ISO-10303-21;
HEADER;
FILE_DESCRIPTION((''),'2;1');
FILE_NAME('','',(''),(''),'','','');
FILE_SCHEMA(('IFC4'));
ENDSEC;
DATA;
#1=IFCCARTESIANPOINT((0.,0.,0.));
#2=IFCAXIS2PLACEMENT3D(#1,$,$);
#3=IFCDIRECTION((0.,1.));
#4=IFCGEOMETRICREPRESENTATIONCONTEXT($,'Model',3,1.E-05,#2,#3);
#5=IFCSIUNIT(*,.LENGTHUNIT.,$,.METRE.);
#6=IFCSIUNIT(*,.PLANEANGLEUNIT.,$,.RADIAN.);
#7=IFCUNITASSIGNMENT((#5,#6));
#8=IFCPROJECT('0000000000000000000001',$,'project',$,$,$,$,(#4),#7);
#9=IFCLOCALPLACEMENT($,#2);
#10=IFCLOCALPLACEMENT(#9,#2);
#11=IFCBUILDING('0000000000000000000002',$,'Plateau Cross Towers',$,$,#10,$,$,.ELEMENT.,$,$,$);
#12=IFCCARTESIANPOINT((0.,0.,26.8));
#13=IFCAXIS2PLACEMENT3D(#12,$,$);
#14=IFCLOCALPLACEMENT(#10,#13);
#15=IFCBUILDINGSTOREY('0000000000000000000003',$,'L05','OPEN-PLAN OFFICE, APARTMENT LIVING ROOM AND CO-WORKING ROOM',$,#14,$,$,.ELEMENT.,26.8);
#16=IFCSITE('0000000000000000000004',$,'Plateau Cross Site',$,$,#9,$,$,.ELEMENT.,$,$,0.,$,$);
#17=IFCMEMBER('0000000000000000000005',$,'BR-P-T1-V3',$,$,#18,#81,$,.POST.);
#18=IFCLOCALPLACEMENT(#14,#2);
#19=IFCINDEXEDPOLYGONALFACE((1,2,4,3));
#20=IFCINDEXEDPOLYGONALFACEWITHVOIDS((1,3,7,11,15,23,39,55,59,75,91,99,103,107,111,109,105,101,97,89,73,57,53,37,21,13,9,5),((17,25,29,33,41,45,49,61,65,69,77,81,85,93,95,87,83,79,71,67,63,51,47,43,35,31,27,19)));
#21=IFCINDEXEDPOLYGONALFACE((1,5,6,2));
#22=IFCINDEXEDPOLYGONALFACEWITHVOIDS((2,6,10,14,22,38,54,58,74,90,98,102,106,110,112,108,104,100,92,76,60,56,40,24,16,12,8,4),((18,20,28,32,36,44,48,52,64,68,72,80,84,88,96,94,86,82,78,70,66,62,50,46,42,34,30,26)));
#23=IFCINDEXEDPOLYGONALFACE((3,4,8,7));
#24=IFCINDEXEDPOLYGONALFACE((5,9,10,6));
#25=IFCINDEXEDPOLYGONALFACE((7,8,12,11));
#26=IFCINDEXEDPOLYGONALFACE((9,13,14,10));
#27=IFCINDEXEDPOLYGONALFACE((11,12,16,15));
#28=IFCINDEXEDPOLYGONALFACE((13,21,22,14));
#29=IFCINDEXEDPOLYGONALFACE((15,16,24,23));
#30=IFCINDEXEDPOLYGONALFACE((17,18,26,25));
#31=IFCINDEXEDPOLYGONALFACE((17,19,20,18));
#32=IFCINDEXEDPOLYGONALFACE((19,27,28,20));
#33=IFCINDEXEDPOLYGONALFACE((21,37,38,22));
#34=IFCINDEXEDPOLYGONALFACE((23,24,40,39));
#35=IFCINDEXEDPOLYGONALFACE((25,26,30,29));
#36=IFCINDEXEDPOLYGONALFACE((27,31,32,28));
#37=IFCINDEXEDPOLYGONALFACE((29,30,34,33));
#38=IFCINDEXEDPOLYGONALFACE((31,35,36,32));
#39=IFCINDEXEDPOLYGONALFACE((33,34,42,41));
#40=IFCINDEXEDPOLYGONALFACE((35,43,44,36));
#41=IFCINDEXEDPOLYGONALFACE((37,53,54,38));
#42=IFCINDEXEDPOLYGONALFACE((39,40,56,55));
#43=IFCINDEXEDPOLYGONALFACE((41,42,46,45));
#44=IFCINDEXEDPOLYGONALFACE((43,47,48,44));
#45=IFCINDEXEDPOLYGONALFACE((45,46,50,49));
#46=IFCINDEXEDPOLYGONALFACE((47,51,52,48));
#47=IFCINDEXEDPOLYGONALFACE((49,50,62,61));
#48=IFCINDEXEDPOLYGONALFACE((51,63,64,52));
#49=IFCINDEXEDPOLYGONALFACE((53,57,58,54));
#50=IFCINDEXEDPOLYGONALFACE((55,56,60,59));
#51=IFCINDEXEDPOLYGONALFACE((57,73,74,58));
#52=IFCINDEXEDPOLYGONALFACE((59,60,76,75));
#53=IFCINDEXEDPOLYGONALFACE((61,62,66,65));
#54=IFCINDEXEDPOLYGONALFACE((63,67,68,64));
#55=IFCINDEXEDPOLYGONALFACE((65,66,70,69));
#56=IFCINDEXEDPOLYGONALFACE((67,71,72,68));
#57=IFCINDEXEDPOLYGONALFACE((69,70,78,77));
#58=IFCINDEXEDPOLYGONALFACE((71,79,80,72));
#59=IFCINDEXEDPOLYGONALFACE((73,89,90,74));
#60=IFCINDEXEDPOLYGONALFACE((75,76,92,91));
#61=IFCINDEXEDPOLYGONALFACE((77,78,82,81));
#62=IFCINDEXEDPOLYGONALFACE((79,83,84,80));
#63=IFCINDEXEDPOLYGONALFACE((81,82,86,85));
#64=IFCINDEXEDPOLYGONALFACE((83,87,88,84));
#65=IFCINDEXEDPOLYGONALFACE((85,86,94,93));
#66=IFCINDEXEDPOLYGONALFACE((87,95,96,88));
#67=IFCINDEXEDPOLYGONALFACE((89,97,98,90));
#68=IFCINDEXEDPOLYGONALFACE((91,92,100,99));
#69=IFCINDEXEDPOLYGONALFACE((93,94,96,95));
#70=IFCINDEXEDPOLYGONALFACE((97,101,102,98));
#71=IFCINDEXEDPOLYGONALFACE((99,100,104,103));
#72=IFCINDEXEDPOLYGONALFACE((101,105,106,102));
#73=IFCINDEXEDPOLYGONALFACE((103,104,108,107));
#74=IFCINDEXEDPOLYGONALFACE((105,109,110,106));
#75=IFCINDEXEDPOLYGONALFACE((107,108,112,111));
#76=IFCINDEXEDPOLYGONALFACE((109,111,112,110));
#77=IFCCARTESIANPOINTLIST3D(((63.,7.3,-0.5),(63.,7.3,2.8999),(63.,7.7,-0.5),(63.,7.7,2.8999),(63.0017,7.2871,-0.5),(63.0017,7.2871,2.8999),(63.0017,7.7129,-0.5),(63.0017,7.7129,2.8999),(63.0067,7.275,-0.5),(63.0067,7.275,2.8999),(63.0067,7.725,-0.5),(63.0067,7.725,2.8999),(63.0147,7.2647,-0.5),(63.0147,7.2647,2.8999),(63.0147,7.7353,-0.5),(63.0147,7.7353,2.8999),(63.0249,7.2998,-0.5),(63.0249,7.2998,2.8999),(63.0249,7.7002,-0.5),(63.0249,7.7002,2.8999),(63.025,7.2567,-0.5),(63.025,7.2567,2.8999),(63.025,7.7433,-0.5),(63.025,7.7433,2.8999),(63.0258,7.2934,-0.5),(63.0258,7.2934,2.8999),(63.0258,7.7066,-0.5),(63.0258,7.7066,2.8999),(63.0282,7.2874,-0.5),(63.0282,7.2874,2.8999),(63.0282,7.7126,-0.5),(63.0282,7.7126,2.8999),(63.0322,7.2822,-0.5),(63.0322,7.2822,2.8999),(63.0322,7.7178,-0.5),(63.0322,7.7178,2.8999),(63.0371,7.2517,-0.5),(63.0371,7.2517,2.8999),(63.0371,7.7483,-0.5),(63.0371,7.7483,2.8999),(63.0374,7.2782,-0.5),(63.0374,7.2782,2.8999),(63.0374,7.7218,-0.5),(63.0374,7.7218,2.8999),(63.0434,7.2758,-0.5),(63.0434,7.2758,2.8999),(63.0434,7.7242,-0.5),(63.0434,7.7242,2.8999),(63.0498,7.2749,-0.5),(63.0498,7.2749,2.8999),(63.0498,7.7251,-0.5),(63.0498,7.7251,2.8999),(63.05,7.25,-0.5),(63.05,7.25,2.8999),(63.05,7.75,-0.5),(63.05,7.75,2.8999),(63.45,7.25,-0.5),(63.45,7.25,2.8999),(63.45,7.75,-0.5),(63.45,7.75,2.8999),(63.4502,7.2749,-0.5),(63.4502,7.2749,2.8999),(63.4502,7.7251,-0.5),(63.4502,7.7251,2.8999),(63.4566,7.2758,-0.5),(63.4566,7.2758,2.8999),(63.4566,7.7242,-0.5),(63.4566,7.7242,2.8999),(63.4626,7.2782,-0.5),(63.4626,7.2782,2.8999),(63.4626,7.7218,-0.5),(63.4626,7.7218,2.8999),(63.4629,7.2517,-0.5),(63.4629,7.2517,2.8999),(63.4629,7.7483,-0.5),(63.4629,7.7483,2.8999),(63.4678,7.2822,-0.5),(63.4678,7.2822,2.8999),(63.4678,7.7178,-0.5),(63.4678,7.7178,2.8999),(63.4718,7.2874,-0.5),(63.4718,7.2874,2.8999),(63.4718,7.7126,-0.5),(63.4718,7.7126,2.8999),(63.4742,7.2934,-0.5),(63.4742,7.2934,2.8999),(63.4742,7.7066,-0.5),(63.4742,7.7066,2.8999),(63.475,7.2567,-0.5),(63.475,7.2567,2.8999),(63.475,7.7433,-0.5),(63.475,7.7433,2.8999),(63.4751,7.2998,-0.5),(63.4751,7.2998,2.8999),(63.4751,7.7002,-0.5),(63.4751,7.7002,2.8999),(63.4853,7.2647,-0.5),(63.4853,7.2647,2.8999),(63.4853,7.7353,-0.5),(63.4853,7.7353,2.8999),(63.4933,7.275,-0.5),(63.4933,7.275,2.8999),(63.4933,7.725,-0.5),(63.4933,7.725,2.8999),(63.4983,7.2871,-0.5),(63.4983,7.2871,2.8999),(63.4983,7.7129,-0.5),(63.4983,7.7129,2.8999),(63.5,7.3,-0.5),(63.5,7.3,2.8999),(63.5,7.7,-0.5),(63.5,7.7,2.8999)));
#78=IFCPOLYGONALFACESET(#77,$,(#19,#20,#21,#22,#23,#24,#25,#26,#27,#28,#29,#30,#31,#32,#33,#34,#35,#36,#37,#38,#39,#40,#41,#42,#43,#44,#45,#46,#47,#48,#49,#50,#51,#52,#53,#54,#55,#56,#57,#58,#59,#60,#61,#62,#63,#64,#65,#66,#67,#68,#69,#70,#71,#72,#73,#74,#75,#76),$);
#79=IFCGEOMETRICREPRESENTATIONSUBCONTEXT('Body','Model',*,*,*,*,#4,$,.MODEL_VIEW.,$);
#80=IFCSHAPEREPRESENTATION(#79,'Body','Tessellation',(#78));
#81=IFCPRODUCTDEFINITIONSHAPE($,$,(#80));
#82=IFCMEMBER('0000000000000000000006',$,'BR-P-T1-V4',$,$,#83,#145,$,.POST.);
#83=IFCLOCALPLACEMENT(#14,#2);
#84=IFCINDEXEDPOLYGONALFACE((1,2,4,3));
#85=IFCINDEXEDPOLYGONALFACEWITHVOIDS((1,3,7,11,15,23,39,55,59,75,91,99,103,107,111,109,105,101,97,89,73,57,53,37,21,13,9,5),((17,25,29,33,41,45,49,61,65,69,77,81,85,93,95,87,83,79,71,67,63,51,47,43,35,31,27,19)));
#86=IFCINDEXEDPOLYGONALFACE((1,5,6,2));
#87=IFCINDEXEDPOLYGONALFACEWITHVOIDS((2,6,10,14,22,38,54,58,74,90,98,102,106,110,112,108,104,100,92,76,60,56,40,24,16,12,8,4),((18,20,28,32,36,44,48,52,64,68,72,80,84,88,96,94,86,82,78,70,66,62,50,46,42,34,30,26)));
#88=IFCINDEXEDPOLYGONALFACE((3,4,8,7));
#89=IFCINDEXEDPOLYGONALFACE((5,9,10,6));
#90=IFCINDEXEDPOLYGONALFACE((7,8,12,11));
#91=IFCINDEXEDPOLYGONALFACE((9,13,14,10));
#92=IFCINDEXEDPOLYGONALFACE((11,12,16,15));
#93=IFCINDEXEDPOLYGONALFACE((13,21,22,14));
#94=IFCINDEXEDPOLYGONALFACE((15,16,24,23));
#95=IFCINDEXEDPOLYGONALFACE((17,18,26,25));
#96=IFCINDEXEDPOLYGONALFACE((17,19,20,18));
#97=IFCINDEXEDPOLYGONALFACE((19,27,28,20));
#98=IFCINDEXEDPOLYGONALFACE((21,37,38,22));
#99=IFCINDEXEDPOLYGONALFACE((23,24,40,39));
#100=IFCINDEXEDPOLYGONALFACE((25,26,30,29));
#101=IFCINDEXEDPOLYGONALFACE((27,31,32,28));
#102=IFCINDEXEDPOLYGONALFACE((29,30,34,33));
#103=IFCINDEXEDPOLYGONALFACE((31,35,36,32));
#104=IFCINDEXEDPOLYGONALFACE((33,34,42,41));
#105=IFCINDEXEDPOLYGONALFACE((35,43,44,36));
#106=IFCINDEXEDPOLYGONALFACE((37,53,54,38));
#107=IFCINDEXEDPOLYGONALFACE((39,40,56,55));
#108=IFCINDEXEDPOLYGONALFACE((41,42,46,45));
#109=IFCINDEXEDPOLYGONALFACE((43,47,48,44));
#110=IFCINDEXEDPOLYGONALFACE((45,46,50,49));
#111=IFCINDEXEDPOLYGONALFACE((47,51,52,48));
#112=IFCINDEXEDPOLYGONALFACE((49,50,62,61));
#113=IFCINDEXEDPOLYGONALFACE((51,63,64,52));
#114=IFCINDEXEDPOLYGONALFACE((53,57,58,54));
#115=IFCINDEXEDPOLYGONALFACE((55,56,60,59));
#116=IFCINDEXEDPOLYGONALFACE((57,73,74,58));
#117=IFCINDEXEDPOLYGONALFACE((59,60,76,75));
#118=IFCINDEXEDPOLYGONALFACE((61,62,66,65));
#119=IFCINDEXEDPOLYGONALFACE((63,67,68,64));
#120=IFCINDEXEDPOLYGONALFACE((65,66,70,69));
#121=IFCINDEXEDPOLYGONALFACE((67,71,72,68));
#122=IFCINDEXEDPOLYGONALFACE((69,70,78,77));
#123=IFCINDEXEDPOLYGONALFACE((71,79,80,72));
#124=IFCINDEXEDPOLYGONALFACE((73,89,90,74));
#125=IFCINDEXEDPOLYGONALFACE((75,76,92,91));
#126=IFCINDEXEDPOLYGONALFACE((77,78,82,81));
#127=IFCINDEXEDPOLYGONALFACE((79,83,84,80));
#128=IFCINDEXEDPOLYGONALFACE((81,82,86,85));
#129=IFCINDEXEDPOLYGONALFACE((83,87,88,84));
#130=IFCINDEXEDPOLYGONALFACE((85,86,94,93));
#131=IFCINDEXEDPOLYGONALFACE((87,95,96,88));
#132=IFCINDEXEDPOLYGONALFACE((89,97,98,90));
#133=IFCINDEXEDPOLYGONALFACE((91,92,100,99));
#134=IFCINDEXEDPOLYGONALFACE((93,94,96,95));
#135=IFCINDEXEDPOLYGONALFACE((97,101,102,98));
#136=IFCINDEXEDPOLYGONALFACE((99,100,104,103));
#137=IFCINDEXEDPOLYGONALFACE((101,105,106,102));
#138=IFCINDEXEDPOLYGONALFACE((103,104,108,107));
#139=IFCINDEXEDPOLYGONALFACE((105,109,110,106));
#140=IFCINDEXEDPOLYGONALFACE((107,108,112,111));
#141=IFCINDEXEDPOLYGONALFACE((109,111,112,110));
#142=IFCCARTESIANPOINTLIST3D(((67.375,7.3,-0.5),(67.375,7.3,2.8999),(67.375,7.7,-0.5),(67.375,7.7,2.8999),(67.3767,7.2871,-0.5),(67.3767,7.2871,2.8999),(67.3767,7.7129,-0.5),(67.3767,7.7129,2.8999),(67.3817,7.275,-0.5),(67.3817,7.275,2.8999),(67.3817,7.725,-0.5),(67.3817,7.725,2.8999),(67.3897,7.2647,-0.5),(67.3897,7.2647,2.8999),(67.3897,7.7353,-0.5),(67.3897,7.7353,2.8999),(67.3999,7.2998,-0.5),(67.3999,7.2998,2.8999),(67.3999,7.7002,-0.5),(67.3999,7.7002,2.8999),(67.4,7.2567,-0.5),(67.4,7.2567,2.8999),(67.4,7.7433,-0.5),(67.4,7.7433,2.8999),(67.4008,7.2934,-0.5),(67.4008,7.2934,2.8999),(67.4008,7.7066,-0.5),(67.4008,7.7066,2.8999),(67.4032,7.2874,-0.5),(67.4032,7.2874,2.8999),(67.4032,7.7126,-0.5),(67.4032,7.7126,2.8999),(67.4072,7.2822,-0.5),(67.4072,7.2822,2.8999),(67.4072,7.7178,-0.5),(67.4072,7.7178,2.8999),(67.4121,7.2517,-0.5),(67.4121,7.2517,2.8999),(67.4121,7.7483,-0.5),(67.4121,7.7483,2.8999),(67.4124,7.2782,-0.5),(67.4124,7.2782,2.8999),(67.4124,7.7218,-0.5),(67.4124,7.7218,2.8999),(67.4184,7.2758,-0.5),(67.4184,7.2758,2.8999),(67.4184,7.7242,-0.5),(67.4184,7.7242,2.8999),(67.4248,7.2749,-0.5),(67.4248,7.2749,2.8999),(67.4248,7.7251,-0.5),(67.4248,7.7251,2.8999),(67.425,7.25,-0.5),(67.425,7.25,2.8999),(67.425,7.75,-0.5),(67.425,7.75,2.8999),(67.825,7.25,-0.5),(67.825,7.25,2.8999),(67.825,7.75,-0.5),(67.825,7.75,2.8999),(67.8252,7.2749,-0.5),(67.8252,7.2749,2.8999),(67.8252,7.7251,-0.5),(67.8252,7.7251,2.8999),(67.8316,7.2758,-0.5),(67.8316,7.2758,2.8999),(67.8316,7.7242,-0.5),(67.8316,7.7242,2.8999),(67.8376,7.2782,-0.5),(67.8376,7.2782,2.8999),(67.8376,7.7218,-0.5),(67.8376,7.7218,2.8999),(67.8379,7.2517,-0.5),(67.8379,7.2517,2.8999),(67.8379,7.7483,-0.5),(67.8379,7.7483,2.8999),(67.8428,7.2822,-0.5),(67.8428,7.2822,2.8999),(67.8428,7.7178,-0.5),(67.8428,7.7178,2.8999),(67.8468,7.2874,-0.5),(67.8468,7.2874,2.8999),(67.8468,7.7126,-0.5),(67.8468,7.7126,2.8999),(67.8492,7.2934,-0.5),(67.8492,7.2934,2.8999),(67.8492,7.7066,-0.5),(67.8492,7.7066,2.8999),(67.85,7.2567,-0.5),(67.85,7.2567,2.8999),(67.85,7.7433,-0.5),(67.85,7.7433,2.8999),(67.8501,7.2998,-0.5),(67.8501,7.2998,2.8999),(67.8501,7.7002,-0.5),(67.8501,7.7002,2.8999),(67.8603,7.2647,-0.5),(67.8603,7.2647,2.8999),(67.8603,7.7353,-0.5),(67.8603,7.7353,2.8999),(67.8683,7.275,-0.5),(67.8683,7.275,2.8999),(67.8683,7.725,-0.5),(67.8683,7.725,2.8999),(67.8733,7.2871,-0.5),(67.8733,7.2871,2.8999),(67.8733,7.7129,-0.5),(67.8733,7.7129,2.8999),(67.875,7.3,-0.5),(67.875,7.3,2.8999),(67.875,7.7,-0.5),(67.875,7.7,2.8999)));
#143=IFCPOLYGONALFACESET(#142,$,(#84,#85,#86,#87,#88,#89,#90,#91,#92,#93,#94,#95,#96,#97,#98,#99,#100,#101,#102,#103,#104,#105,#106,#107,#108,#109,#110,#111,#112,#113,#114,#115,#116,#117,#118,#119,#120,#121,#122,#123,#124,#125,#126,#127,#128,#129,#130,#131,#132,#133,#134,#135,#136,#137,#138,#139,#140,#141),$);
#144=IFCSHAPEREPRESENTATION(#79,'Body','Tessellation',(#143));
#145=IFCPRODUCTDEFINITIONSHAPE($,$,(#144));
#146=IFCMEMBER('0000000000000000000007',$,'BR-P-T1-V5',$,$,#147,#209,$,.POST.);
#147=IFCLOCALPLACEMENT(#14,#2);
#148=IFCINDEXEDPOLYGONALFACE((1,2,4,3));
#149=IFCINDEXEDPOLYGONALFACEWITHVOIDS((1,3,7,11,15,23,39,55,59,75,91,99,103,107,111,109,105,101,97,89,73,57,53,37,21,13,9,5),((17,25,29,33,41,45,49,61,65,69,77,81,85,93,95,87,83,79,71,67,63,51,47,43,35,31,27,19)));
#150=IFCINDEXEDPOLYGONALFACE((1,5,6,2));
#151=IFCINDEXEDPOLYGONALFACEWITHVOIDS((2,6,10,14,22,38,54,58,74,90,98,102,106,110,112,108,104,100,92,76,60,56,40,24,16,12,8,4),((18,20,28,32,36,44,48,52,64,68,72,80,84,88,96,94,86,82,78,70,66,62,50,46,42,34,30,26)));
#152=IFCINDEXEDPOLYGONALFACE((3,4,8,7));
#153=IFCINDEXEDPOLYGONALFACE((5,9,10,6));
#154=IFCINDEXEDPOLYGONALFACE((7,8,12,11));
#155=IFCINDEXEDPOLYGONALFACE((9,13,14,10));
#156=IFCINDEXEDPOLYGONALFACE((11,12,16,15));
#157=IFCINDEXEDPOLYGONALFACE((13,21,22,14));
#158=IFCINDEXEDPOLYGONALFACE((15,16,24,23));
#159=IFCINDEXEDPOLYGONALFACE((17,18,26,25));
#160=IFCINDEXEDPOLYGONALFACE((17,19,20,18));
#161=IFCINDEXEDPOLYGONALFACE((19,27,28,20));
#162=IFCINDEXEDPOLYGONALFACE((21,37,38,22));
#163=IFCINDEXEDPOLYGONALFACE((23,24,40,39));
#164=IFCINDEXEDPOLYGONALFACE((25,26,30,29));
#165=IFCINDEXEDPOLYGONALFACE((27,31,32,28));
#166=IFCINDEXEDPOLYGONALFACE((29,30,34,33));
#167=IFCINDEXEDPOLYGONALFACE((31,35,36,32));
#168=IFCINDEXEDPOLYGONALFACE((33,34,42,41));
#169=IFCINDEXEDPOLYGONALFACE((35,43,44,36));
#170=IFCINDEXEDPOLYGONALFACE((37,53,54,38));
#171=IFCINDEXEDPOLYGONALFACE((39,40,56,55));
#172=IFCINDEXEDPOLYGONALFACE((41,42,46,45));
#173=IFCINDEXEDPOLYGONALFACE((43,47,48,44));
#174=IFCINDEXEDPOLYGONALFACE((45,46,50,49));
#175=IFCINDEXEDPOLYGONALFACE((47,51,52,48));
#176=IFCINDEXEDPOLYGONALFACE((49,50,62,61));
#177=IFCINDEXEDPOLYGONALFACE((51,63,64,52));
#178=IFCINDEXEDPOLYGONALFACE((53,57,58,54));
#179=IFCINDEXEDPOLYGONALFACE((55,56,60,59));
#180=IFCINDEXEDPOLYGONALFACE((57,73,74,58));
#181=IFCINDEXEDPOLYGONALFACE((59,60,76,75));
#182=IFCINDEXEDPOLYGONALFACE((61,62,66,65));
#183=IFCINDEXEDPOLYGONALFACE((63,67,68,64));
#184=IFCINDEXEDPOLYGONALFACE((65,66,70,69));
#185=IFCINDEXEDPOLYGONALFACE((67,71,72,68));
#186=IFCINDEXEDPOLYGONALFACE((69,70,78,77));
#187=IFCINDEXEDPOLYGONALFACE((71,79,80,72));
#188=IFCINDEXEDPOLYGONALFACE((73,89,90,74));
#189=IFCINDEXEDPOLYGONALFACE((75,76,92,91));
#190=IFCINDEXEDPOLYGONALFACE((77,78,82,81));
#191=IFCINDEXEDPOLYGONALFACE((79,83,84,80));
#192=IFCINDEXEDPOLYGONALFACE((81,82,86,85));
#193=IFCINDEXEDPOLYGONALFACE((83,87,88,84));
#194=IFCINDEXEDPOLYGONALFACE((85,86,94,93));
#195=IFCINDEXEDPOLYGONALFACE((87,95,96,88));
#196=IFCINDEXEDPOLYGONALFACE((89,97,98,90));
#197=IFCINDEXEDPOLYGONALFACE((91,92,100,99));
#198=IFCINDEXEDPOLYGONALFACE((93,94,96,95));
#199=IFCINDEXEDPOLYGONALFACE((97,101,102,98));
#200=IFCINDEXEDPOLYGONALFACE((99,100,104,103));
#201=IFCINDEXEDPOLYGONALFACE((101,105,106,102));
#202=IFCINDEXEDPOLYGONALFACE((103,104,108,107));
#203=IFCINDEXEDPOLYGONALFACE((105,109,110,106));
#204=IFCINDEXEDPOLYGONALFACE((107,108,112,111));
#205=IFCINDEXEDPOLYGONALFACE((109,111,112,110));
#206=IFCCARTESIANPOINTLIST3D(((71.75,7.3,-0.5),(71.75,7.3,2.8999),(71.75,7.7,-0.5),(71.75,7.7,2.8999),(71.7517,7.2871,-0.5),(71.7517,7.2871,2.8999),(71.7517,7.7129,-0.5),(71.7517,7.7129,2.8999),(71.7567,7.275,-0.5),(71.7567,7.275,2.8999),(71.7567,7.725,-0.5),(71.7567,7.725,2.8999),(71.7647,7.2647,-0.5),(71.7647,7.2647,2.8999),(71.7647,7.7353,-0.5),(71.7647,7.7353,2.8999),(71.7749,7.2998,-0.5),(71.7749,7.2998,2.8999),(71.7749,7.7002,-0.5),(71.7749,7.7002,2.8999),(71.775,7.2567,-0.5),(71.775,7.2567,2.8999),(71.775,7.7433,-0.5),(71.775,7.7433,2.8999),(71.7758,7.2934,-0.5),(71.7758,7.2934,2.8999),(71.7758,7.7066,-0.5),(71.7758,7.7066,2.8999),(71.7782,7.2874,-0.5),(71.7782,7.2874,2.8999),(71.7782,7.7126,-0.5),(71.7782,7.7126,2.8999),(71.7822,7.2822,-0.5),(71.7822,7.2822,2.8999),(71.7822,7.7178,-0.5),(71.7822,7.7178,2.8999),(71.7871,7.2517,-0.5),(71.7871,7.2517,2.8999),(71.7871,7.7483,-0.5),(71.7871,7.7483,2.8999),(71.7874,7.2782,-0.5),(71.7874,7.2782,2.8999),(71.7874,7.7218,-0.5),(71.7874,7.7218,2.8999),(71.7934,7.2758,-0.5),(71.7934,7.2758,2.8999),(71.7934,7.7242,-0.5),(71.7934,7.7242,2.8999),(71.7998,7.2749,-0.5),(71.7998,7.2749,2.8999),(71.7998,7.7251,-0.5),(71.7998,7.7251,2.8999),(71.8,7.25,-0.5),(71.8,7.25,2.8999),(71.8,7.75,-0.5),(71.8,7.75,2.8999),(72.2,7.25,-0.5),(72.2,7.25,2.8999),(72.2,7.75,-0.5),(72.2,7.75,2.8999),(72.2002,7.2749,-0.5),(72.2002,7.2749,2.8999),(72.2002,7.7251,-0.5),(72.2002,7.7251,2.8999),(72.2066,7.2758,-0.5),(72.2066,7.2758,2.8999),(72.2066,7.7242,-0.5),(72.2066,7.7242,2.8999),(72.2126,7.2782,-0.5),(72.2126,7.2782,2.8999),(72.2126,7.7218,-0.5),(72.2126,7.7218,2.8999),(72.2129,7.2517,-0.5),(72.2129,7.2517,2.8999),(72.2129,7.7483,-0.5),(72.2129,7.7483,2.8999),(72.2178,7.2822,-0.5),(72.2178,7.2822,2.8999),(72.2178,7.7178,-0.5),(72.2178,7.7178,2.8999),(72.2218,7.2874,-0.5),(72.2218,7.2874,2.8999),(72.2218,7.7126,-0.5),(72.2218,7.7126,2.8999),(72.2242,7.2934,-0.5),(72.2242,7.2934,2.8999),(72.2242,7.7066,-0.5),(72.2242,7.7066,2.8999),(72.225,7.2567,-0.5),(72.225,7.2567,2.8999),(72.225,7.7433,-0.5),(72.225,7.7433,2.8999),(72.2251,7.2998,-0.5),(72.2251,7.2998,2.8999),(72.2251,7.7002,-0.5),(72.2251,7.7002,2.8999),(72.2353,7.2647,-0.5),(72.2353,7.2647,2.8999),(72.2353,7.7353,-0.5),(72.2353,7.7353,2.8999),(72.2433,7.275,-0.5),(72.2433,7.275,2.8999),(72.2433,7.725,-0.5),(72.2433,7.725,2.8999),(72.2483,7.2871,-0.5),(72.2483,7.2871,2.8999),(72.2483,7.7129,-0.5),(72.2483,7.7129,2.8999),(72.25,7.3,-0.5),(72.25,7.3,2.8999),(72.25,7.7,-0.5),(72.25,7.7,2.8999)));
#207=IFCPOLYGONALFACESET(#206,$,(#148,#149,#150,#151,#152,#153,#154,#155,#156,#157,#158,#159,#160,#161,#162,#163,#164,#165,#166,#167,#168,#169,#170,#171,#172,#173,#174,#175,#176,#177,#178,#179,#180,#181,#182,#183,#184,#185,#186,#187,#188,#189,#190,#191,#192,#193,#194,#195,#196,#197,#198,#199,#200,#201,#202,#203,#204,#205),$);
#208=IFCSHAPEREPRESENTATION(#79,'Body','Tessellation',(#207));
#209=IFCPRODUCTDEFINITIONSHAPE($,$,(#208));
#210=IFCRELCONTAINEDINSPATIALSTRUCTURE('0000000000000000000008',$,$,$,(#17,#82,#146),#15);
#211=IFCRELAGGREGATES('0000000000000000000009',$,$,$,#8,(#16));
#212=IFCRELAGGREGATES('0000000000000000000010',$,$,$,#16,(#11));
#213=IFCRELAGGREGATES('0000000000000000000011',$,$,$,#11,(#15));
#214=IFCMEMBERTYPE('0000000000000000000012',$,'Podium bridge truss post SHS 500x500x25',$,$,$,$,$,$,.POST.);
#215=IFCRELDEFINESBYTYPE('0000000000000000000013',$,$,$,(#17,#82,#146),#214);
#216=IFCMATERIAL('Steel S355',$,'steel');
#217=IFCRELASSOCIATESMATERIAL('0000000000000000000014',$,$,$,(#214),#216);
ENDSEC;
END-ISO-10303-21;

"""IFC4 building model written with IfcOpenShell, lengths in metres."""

from ifc_helpers import new_model, si_unit, direction, frame, origin, origin_2d, place, context, subcontext, project, spatial, hollow_rectangle, extrude, material, material_profile, profile_set, type_object, element, save


model = new_model("IFC4")

# Units and contexts
model_context = context("Model", 3, precision=1e-05, world=origin(), true_north=direction((0.0, 1.0)))
body_context = subcontext(model_context, "Body", "Model", "MODEL_VIEW")
ifc_project = project(units=[si_unit("LENGTHUNIT", "METRE"), si_unit("PLANEANGLEUNIT", "RADIAN")], contexts=[model_context])

# Site, building, storey
site_placement = place(None, origin())
site = spatial("IfcSite", under=ifc_project, at=site_placement, Name="Plateau Cross Site", CompositionType="ELEMENT", RefElevation=0.0)
building_placement = place(site_placement, origin())
building = spatial("IfcBuilding", under=site, at=building_placement, Name="Plateau Cross Towers", CompositionType="ELEMENT")
storey_placement = place(building_placement, frame((0.0, 0.0, 26.8)))
storey = spatial("IfcBuildingStorey", under=building, at=storey_placement, Name="L05", Description="OPEN-PLAN OFFICE, APARTMENT LIVING ROOM AND CO-WORKING ROOM", CompositionType="ELEMENT", Elevation=26.8)

# Members
ifc_material_1 = material(Name="Steel S355", Category="steel")
ifc_material_profile_1 = material_profile(ifc_material_1, hollow_rectangle(XDim=0.5, YDim=0.5, WallThickness=0.0249, InnerFilletRadius=0.0249, OuterFilletRadius=0.05, at=origin_2d()), Name="SHS 500x500x25")
ifc_profile_set_1 = profile_set([ifc_material_profile_1], Name="Steel S355")
member_type_1 = type_object("IfcMemberType", Name="Podium bridge truss post SHS 500x500x25", PredefinedType="POST", material=ifc_profile_set_1)
for number, where, z_axis, x_axis, name in (
    (1, (63.25, 7.5, -0.5), (0.0, 0.0, 1.0), (1.0, 0.0, 0.0), "BR-P-T1-V3"),
    (2, (67.625, 7.5, -0.5), (0.0, 0.0, 1.0), (1.0, 0.0, 0.0), "BR-P-T1-V4"),
    (3, (72.0, 7.5, -0.5), (0.0, 0.0, 1.0), (1.0, 0.0, 0.0), "BR-P-T1-V5"),
):
    element("IfcMember", number, at=place(storey_placement, frame(where, z_axis=z_axis, x_axis=x_axis)), inside=storey, type_object=member_type_1, Name=name, PredefinedType="POST", context=body_context, shape_type="SweptSolid", body=[
        extrude(hollow_rectangle(XDim=0.5, YDim=0.5, WallThickness=0.0249, InnerFilletRadius=0.0249, OuterFilletRadius=0.05, at=origin_2d()), origin(), (0.0, 0.0, 1.0), 3.3999),
    ])

save(model, "model.ifc")
